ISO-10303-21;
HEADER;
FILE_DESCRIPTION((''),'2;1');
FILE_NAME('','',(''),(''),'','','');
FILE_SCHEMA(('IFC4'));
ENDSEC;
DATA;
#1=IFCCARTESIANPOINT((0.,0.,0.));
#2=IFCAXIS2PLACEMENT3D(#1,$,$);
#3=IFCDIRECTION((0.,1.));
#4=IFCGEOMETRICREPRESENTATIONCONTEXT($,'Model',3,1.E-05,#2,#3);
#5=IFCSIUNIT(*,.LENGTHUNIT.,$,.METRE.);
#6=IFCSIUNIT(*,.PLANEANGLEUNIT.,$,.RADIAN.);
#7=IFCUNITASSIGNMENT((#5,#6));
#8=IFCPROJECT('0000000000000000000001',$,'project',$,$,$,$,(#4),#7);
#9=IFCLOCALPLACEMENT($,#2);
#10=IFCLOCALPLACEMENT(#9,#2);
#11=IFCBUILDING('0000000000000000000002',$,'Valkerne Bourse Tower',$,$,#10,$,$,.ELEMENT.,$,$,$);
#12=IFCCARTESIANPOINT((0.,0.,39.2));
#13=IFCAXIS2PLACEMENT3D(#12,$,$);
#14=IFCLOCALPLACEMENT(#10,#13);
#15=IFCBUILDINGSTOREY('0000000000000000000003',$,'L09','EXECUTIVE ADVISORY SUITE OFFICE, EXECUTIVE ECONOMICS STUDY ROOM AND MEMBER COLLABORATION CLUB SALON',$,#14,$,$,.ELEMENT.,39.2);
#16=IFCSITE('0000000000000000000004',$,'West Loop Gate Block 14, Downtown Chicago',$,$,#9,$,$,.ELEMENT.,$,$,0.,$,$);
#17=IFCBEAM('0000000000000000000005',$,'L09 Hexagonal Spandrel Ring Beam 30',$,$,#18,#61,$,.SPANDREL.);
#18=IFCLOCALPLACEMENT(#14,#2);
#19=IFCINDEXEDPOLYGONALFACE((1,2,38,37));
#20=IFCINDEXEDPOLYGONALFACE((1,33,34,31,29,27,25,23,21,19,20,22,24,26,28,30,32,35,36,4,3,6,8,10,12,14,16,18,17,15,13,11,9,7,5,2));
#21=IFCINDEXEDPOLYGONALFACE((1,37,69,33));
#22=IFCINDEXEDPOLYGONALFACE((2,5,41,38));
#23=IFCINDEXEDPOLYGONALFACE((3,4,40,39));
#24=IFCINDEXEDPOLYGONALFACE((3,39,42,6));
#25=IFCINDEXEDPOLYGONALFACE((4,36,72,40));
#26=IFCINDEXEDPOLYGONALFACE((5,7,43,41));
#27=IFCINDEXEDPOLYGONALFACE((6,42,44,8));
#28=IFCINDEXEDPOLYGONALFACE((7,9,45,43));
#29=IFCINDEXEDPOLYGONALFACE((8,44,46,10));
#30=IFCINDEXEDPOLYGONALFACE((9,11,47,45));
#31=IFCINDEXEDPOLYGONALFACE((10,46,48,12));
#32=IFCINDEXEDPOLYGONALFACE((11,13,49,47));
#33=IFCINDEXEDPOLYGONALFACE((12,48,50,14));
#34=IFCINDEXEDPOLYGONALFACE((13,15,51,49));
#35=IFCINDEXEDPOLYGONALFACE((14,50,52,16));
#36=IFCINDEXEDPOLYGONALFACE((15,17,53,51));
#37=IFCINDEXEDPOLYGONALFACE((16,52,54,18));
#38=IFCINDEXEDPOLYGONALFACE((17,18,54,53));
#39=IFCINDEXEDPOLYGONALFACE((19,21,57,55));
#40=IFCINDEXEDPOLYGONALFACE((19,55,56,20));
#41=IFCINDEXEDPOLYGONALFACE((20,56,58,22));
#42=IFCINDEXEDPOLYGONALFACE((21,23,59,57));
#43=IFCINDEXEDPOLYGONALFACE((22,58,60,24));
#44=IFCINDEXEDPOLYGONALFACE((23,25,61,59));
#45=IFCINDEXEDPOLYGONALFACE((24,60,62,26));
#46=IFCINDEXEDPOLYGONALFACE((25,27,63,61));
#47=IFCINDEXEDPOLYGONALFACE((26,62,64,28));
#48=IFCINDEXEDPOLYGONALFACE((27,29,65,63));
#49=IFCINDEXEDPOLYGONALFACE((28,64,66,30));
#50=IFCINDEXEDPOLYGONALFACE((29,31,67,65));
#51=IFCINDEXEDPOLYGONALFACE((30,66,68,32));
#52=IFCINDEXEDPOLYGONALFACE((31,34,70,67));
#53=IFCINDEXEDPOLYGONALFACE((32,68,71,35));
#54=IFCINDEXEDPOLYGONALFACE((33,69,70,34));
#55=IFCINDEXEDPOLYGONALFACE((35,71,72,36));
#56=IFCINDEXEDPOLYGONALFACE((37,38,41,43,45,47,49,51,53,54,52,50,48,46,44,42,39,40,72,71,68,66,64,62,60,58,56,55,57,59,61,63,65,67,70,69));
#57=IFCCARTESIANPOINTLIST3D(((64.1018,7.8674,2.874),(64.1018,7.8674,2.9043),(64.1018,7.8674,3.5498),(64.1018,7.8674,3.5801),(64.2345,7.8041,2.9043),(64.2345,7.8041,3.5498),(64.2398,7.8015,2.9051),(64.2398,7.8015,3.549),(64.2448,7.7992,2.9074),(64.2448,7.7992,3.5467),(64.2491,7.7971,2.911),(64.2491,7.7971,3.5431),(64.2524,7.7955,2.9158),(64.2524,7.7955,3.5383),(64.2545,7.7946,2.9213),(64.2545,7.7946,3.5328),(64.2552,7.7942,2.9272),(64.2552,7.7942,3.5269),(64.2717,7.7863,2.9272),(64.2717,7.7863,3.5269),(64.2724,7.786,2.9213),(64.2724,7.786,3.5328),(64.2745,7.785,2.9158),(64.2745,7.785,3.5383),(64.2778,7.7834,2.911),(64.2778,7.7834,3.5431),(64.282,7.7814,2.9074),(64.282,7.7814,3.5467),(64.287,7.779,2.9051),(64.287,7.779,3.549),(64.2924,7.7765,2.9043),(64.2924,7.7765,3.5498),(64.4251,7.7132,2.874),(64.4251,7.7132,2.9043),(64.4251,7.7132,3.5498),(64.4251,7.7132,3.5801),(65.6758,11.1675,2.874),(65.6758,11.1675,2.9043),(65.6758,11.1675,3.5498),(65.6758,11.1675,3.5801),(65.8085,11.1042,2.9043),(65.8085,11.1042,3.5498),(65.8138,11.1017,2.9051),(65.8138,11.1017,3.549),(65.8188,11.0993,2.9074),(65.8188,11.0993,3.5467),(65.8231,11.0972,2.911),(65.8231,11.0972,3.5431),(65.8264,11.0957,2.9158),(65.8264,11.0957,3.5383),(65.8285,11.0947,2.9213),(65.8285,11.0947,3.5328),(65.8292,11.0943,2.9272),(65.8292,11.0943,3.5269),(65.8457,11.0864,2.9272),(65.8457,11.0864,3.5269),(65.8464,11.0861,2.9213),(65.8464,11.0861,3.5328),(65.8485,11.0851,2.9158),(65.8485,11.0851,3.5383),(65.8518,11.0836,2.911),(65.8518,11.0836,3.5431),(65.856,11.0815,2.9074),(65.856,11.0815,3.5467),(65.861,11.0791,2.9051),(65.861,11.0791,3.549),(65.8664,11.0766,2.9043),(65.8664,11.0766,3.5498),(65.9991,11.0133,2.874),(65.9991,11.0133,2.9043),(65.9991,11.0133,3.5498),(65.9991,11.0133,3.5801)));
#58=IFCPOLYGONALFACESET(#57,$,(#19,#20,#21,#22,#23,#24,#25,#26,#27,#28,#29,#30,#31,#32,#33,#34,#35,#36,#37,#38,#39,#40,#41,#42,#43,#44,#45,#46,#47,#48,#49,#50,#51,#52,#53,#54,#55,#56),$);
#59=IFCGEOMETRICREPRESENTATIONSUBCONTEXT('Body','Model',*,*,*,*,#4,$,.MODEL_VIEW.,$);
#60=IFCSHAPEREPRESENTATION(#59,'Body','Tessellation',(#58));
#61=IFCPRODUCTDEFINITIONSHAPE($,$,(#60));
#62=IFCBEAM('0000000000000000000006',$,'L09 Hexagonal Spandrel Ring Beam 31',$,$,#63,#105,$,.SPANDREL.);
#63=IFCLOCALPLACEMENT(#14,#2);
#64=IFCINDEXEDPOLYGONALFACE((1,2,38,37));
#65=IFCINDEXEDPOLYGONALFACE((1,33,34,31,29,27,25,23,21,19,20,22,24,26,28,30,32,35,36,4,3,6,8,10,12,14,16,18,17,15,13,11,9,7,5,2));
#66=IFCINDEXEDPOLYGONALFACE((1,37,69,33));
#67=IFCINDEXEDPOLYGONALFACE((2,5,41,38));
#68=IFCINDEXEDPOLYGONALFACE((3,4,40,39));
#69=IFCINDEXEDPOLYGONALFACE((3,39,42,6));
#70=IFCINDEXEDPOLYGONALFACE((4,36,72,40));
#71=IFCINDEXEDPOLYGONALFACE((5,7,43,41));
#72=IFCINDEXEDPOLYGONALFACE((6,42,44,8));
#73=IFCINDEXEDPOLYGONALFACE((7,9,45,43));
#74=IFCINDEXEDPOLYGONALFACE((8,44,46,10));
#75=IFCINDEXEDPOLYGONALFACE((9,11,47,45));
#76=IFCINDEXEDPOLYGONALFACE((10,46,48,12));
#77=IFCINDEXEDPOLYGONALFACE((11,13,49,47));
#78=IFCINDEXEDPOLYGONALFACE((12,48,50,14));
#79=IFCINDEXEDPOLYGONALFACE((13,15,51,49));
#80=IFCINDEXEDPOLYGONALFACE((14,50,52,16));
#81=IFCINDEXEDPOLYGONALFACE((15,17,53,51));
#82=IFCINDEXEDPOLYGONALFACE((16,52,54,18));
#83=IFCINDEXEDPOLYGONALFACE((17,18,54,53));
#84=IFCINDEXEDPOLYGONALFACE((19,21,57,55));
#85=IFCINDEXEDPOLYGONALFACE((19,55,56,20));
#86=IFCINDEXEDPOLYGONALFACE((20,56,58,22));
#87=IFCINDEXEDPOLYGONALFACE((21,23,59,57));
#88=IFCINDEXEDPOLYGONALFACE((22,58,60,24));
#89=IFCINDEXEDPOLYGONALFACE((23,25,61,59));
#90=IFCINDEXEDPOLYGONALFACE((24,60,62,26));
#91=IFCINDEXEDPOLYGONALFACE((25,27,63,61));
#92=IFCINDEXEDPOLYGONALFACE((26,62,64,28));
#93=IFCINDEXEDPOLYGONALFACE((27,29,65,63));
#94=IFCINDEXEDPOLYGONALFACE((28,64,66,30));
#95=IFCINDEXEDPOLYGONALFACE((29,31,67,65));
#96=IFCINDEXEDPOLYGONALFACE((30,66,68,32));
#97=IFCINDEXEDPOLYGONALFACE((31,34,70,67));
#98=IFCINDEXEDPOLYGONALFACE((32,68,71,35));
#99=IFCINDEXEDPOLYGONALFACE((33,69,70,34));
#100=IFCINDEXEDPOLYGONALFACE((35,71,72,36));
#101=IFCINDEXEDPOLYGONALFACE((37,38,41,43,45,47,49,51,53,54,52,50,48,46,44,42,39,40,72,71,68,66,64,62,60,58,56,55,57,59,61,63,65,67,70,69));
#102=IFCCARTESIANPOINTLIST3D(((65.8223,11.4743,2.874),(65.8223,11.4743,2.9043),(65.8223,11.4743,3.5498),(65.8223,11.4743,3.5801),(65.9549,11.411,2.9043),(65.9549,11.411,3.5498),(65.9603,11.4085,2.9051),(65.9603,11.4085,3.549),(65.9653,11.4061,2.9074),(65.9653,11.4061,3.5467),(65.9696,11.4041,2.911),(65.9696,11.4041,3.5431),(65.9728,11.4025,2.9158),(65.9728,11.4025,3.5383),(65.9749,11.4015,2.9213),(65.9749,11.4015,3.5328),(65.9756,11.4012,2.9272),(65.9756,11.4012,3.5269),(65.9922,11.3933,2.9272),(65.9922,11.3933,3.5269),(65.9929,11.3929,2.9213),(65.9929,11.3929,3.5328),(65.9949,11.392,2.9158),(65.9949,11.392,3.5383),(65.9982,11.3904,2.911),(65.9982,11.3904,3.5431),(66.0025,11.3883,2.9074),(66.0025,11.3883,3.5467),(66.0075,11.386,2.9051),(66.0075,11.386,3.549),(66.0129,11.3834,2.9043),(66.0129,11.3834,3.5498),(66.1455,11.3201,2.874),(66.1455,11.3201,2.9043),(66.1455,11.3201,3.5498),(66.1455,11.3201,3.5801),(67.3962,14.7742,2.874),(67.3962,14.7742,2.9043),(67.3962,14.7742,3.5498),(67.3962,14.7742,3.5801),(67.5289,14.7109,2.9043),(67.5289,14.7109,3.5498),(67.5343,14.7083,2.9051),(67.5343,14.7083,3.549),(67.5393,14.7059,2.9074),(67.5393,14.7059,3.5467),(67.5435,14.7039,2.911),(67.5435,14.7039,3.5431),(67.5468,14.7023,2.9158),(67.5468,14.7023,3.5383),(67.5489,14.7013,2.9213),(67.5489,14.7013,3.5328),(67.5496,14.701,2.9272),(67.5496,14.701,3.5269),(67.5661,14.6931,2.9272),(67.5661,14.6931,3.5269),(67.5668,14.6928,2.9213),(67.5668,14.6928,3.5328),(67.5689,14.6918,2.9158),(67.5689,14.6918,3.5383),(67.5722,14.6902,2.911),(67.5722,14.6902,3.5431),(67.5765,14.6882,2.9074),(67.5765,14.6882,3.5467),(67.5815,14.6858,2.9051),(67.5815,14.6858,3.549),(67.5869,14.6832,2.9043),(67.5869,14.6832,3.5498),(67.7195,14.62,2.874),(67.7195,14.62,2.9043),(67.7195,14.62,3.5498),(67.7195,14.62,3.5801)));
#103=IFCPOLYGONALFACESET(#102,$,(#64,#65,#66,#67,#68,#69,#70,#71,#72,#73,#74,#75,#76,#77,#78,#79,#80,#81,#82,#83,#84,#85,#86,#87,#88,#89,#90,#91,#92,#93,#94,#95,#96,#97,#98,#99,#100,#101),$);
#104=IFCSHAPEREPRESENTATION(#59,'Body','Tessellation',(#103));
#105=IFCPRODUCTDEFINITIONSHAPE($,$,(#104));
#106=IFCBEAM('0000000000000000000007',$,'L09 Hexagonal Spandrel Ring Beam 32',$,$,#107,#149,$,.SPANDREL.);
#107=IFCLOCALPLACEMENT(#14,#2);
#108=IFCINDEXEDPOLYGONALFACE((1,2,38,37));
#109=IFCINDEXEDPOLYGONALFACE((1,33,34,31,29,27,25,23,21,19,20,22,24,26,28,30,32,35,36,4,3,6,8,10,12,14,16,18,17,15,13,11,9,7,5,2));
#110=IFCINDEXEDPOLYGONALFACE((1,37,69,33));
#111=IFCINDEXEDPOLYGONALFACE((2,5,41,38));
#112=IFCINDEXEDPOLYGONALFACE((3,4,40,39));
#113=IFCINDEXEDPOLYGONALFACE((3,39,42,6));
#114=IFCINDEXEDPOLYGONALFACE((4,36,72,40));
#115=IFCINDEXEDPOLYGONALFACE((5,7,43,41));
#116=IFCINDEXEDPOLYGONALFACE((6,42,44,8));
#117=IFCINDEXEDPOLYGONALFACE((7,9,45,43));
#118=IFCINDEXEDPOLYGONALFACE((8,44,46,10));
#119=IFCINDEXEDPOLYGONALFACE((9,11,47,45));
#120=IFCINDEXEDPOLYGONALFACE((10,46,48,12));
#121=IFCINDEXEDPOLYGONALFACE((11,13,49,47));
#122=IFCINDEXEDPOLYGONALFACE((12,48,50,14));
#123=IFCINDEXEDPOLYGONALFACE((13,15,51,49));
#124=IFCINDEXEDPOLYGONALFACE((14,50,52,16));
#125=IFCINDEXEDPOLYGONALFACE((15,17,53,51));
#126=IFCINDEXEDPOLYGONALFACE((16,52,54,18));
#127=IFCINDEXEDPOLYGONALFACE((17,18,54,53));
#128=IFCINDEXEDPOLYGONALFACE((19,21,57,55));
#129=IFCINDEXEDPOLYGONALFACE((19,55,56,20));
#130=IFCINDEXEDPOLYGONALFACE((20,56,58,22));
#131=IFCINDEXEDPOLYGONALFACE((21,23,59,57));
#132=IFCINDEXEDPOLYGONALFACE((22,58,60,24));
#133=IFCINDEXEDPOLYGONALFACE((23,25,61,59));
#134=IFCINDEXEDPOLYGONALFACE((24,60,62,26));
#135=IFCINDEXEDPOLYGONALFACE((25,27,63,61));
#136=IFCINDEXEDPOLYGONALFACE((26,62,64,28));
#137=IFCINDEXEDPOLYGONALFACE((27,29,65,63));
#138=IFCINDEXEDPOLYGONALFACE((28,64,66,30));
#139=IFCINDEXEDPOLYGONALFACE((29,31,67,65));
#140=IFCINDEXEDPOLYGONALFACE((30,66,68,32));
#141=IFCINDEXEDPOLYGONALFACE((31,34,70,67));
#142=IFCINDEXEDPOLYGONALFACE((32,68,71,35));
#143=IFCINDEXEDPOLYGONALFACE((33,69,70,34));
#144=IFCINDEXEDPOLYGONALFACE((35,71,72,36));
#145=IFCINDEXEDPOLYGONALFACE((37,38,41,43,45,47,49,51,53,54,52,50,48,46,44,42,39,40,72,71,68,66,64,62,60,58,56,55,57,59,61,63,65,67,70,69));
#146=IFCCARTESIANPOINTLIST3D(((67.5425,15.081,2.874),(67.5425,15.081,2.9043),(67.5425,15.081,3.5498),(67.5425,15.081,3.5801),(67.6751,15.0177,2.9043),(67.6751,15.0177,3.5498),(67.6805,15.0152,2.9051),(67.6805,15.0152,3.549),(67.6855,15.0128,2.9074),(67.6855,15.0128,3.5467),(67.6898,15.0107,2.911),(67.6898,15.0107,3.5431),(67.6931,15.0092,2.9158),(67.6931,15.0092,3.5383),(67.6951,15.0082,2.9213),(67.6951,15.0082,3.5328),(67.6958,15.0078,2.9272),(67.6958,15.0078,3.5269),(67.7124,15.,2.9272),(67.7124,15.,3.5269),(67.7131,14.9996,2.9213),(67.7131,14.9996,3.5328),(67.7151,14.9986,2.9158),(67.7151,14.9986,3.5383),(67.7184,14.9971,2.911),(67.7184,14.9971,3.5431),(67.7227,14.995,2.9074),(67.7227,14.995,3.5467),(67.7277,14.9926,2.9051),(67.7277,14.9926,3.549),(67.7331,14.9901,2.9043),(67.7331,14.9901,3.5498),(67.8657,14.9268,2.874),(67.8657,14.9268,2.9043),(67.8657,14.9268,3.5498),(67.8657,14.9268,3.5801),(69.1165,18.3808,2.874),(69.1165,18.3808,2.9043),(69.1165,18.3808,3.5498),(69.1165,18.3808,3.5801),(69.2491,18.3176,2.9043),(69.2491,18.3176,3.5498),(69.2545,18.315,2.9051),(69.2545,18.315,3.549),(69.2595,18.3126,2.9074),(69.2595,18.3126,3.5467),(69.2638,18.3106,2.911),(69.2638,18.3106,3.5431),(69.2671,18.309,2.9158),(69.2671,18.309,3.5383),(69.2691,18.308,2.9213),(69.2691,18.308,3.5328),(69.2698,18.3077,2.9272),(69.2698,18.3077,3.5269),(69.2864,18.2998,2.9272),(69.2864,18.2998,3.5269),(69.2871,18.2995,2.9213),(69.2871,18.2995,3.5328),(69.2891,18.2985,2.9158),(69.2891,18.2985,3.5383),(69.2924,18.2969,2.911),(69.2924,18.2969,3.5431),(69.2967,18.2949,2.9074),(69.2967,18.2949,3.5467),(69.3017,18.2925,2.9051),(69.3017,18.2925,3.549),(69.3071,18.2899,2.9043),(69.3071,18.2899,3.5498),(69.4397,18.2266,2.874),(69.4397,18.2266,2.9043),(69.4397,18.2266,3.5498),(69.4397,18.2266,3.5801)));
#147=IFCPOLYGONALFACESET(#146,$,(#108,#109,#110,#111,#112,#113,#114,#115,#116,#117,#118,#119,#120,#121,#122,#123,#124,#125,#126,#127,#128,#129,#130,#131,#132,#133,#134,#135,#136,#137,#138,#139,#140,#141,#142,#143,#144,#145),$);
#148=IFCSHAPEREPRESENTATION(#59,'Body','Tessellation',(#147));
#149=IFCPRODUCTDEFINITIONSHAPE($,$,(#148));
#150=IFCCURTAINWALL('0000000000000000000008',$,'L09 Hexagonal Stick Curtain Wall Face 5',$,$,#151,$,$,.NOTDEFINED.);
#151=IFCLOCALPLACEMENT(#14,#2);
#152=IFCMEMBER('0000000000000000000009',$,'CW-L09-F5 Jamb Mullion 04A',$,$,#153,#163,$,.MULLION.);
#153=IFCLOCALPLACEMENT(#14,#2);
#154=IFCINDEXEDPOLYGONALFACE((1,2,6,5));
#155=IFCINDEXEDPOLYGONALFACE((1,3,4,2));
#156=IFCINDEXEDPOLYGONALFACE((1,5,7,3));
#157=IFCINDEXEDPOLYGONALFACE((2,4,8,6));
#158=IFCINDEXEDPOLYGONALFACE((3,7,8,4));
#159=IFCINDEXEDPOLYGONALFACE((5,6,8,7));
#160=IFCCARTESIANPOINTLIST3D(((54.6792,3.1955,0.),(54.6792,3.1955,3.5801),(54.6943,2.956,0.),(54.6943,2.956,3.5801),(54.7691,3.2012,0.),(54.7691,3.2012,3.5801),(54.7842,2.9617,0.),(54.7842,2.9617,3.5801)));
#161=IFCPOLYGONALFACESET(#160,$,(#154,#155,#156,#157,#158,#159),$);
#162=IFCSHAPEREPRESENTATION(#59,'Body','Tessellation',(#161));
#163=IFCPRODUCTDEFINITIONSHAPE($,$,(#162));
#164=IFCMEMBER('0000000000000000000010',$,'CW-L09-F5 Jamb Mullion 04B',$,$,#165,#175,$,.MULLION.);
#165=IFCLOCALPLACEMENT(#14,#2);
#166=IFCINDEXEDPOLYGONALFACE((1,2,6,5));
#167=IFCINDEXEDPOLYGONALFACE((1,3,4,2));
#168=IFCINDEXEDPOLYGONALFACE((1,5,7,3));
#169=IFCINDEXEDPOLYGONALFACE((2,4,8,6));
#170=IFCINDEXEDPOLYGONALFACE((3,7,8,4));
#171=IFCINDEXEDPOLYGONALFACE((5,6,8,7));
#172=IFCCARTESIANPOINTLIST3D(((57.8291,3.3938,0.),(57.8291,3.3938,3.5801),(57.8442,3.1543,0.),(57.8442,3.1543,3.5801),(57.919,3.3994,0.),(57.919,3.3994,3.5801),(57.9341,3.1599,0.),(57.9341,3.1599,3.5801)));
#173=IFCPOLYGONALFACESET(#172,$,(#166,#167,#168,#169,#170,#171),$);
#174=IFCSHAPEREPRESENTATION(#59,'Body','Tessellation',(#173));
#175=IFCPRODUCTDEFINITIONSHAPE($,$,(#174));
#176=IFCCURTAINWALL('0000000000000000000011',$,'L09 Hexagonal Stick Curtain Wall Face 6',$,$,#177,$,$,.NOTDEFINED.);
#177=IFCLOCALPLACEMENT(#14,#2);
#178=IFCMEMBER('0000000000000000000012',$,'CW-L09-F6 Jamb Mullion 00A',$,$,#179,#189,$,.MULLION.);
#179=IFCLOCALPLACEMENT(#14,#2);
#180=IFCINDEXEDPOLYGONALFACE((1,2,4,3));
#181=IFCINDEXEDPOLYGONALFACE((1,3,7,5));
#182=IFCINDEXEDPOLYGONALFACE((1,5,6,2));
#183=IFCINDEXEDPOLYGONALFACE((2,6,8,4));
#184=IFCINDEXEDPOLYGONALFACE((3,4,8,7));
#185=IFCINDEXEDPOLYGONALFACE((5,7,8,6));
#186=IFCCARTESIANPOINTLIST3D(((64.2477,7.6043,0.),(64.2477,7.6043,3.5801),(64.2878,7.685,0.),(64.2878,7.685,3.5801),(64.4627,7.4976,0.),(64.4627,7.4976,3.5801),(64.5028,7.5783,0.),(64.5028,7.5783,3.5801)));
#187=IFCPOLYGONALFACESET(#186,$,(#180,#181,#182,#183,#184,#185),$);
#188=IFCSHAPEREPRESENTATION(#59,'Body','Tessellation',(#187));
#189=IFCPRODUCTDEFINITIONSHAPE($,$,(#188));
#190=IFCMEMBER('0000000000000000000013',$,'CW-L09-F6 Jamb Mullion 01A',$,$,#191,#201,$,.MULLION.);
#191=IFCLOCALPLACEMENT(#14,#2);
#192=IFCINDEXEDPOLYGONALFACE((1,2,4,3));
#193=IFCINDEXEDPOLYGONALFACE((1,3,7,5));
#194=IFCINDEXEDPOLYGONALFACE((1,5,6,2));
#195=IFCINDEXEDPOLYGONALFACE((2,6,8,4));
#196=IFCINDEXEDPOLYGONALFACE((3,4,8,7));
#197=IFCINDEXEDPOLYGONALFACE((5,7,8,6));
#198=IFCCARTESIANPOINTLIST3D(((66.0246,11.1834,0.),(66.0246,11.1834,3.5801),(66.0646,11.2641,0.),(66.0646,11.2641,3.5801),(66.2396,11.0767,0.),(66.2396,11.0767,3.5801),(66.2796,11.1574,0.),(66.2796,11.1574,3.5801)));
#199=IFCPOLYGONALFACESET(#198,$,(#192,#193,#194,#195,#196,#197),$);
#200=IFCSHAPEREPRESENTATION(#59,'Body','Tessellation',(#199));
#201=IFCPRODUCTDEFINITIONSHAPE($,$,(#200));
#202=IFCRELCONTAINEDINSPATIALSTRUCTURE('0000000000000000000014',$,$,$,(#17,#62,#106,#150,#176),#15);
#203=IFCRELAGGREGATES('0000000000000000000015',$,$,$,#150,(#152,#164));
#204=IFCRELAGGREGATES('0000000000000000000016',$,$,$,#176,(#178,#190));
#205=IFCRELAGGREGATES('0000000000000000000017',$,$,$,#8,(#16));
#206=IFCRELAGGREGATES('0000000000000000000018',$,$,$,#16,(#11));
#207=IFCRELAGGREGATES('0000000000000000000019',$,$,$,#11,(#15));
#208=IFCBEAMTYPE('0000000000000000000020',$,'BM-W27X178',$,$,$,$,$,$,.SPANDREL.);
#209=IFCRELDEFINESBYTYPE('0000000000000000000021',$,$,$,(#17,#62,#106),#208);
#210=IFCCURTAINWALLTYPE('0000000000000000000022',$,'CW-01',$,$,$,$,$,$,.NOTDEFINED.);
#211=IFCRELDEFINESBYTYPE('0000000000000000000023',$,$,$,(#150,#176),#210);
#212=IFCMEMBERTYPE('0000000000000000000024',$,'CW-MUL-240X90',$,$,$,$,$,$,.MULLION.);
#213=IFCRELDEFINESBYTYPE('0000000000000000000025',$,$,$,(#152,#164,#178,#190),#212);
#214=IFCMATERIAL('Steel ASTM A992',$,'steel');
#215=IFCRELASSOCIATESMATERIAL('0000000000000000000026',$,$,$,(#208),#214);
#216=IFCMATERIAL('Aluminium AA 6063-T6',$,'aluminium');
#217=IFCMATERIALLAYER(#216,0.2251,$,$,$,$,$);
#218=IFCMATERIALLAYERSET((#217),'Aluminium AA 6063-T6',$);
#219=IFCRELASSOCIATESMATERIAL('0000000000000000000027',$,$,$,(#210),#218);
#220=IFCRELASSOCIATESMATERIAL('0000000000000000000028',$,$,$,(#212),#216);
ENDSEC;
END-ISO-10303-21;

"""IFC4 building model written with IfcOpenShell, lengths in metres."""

from ifc_helpers import new_model, si_unit, direction, frame, origin, origin_2d, place, context, subcontext, project, spatial, rectangle, i_section, extrude, material, layer, layer_set, material_profile, profile_set, type_object, element, aggregate, save


model = new_model("IFC4")

# Units and contexts
model_context = context("Model", 3, precision=1e-05, world=origin(), true_north=direction((0.0, 1.0)))
body_context = subcontext(model_context, "Body", "Model", "MODEL_VIEW")
ifc_project = project(units=[si_unit("LENGTHUNIT", "METRE"), si_unit("PLANEANGLEUNIT", "RADIAN")], contexts=[model_context])

# Site, building, storey
site_placement = place(None, origin())
site = spatial("IfcSite", under=ifc_project, at=site_placement, Name="West Loop Gate Block 14, Downtown Chicago", CompositionType="ELEMENT", RefElevation=0.0)
building_placement = place(site_placement, origin())
building = spatial("IfcBuilding", under=site, at=building_placement, Name="Valkerne Bourse Tower", CompositionType="ELEMENT")
storey_placement = place(building_placement, frame((0.0, 0.0, 39.2)))
storey = spatial("IfcBuildingStorey", under=building, at=storey_placement, Name="L09", Description="EXECUTIVE ADVISORY SUITE OFFICE, EXECUTIVE ECONOMICS STUDY ROOM AND MEMBER COLLABORATION CLUB SALON", CompositionType="ELEMENT", Elevation=39.2)

# Beams
ifc_material_1 = material(Name="Steel ASTM A992", Category="steel")
ifc_material_profile_1 = material_profile(ifc_material_1, i_section(OverallWidth=0.3582, OverallDepth=0.7061, WebThickness=0.0183, FlangeThickness=0.0303, FilletRadius=0.0229, at=origin_2d()), Name="W27X178")
ifc_profile_set_1 = profile_set([ifc_material_profile_1], Name="Steel ASTM A992")
beam_type = type_object("IfcBeamType", Name="BM-W27X178", PredefinedType="SPANDREL", material=ifc_profile_set_1)
beam_1_placement = place(storey_placement, frame((64.2634, 7.7903, 3.2271), z_axis=(0.430496, 0.902593, 0.0), x_axis=(-0.902593, 0.430496, 0.0)))
element("IfcBeam", 1, at=beam_1_placement, inside=storey, type_object=beam_type, Name="L09 Hexagonal Spandrel Ring Beam 30", PredefinedType="SPANDREL", context=body_context, shape_type="SweptSolid", body=[
    extrude(i_section(OverallWidth=0.3582, OverallDepth=0.7061, WebThickness=0.0183, FlangeThickness=0.0303, FilletRadius=0.0229, at=origin_2d()), origin(), (0.0, 0.0, 1.0), 3.6562),
])
for number, where, z_axis, x_axis, name in (
    (2, (65.9839, 11.3972, 3.2271), (0.430522, 0.90258, 0.0), (-0.90258, 0.430522, 0.0), "L09 Hexagonal Spandrel Ring Beam 31"),
    (3, (67.7041, 15.0039, 3.2271), (0.430522, 0.90258, 0.0), (-0.90258, 0.430522, 0.0), "L09 Hexagonal Spandrel Ring Beam 32"),
):
    element("IfcBeam", number, at=place(storey_placement, frame(where, z_axis=z_axis, x_axis=x_axis)), inside=storey, type_object=beam_type, Name=name, PredefinedType="SPANDREL", context=body_context, shape_type="SweptSolid", body=[
        extrude(i_section(OverallWidth=0.3582, OverallDepth=0.7061, WebThickness=0.0183, FlangeThickness=0.0303, FilletRadius=0.0229, at=origin_2d()), origin(), (0.0, 0.0, 1.0), 3.656),
    ])

# Curtain walls, members
ifc_material_2 = material(Name="Aluminium AA 6063-T6", Category="aluminium")
ifc_layer_1 = layer(ifc_material_2, 0.2251)
ifc_layer_set_1 = layer_set([ifc_layer_1], Name="Aluminium AA 6063-T6")
curtain_wall_type = type_object("IfcCurtainWallType", Name="CW-01", PredefinedType="NOTDEFINED", material=ifc_layer_set_1)
curtain_wall_1_placement = place(storey_placement, origin())
curtain_wall_1 = element("IfcCurtainWall", 4, at=curtain_wall_1_placement, inside=storey, type_object=curtain_wall_type, Name="L09 Hexagonal Stick Curtain Wall Face 5", PredefinedType="NOTDEFINED")
ifc_material_profile_2 = material_profile(ifc_material_2, rectangle(XDim=0.0901, YDim=0.24, at=origin_2d()), Name="CWM-90X240")
ifc_profile_set_2 = profile_set([ifc_material_profile_2], Name="Aluminium AA 6063-T6")
member_type_1 = type_object("IfcMemberType", Name="CW-MUL-240X90", PredefinedType="MULLION", material=ifc_profile_set_2)
member_1_placement = place(storey_placement, frame((54.7317, 3.0786, 0.0), z_axis=(0.0, 0.0, 1.0), x_axis=(0.998027, 0.062788, 0.0)))
member_1 = element("IfcMember", 5, at=member_1_placement, type_object=member_type_1, Name="CW-L09-F5 Jamb Mullion 04A", PredefinedType="MULLION", context=body_context, shape_type="SweptSolid", body=[
    extrude(rectangle(XDim=0.0901, YDim=0.24, at=origin_2d()), origin(), (0.0, 0.0, 1.0), 3.5801),
])
member_2_placement = place(storey_placement, frame((57.8816, 3.2769, 0.0), z_axis=(0.0, 0.0, 1.0), x_axis=(0.998027, 0.062788, 0.0)))
member_2 = element("IfcMember", 6, at=member_2_placement, type_object=member_type_1, Name="CW-L09-F5 Jamb Mullion 04B", PredefinedType="MULLION", context=body_context, shape_type="SweptSolid", body=[
    extrude(rectangle(XDim=0.0901, YDim=0.24, at=origin_2d()), origin(), (0.0, 0.0, 1.0), 3.5801),
])
curtain_wall_2_placement = place(storey_placement, origin())
curtain_wall_2 = element("IfcCurtainWall", 7, at=curtain_wall_2_placement, inside=storey, type_object=curtain_wall_type, Name="L09 Hexagonal Stick Curtain Wall Face 6", PredefinedType="NOTDEFINED")
member_3_placement = place(storey_placement, frame((64.3752, 7.5913, 0.0), z_axis=(0.0, 0.0, 1.0), x_axis=(0.444649, 0.895705, 0.0)))
member_3 = element("IfcMember", 8, at=member_3_placement, type_object=member_type_1, Name="CW-L09-F6 Jamb Mullion 00A", PredefinedType="MULLION", context=body_context, shape_type="SweptSolid", body=[
    extrude(rectangle(XDim=0.0901, YDim=0.24, at=origin_2d()), origin(), (0.0, 0.0, 1.0), 3.5801),
])
member_4_placement = place(storey_placement, frame((66.1521, 11.1704, 0.0), z_axis=(0.0, 0.0, 1.0), x_axis=(0.444619, 0.89572, 0.0)))
member_4 = element("IfcMember", 9, at=member_4_placement, type_object=member_type_1, Name="CW-L09-F6 Jamb Mullion 01A", PredefinedType="MULLION", context=body_context, shape_type="SweptSolid", body=[
    extrude(rectangle(XDim=0.0901, YDim=0.24, at=origin_2d()), origin(), (0.0, 0.0, 1.0), 3.5801),
])

aggregate(curtain_wall_1, [member_1, member_2])
aggregate(curtain_wall_2, [member_3, member_4])

save(model, "model.ifc")
